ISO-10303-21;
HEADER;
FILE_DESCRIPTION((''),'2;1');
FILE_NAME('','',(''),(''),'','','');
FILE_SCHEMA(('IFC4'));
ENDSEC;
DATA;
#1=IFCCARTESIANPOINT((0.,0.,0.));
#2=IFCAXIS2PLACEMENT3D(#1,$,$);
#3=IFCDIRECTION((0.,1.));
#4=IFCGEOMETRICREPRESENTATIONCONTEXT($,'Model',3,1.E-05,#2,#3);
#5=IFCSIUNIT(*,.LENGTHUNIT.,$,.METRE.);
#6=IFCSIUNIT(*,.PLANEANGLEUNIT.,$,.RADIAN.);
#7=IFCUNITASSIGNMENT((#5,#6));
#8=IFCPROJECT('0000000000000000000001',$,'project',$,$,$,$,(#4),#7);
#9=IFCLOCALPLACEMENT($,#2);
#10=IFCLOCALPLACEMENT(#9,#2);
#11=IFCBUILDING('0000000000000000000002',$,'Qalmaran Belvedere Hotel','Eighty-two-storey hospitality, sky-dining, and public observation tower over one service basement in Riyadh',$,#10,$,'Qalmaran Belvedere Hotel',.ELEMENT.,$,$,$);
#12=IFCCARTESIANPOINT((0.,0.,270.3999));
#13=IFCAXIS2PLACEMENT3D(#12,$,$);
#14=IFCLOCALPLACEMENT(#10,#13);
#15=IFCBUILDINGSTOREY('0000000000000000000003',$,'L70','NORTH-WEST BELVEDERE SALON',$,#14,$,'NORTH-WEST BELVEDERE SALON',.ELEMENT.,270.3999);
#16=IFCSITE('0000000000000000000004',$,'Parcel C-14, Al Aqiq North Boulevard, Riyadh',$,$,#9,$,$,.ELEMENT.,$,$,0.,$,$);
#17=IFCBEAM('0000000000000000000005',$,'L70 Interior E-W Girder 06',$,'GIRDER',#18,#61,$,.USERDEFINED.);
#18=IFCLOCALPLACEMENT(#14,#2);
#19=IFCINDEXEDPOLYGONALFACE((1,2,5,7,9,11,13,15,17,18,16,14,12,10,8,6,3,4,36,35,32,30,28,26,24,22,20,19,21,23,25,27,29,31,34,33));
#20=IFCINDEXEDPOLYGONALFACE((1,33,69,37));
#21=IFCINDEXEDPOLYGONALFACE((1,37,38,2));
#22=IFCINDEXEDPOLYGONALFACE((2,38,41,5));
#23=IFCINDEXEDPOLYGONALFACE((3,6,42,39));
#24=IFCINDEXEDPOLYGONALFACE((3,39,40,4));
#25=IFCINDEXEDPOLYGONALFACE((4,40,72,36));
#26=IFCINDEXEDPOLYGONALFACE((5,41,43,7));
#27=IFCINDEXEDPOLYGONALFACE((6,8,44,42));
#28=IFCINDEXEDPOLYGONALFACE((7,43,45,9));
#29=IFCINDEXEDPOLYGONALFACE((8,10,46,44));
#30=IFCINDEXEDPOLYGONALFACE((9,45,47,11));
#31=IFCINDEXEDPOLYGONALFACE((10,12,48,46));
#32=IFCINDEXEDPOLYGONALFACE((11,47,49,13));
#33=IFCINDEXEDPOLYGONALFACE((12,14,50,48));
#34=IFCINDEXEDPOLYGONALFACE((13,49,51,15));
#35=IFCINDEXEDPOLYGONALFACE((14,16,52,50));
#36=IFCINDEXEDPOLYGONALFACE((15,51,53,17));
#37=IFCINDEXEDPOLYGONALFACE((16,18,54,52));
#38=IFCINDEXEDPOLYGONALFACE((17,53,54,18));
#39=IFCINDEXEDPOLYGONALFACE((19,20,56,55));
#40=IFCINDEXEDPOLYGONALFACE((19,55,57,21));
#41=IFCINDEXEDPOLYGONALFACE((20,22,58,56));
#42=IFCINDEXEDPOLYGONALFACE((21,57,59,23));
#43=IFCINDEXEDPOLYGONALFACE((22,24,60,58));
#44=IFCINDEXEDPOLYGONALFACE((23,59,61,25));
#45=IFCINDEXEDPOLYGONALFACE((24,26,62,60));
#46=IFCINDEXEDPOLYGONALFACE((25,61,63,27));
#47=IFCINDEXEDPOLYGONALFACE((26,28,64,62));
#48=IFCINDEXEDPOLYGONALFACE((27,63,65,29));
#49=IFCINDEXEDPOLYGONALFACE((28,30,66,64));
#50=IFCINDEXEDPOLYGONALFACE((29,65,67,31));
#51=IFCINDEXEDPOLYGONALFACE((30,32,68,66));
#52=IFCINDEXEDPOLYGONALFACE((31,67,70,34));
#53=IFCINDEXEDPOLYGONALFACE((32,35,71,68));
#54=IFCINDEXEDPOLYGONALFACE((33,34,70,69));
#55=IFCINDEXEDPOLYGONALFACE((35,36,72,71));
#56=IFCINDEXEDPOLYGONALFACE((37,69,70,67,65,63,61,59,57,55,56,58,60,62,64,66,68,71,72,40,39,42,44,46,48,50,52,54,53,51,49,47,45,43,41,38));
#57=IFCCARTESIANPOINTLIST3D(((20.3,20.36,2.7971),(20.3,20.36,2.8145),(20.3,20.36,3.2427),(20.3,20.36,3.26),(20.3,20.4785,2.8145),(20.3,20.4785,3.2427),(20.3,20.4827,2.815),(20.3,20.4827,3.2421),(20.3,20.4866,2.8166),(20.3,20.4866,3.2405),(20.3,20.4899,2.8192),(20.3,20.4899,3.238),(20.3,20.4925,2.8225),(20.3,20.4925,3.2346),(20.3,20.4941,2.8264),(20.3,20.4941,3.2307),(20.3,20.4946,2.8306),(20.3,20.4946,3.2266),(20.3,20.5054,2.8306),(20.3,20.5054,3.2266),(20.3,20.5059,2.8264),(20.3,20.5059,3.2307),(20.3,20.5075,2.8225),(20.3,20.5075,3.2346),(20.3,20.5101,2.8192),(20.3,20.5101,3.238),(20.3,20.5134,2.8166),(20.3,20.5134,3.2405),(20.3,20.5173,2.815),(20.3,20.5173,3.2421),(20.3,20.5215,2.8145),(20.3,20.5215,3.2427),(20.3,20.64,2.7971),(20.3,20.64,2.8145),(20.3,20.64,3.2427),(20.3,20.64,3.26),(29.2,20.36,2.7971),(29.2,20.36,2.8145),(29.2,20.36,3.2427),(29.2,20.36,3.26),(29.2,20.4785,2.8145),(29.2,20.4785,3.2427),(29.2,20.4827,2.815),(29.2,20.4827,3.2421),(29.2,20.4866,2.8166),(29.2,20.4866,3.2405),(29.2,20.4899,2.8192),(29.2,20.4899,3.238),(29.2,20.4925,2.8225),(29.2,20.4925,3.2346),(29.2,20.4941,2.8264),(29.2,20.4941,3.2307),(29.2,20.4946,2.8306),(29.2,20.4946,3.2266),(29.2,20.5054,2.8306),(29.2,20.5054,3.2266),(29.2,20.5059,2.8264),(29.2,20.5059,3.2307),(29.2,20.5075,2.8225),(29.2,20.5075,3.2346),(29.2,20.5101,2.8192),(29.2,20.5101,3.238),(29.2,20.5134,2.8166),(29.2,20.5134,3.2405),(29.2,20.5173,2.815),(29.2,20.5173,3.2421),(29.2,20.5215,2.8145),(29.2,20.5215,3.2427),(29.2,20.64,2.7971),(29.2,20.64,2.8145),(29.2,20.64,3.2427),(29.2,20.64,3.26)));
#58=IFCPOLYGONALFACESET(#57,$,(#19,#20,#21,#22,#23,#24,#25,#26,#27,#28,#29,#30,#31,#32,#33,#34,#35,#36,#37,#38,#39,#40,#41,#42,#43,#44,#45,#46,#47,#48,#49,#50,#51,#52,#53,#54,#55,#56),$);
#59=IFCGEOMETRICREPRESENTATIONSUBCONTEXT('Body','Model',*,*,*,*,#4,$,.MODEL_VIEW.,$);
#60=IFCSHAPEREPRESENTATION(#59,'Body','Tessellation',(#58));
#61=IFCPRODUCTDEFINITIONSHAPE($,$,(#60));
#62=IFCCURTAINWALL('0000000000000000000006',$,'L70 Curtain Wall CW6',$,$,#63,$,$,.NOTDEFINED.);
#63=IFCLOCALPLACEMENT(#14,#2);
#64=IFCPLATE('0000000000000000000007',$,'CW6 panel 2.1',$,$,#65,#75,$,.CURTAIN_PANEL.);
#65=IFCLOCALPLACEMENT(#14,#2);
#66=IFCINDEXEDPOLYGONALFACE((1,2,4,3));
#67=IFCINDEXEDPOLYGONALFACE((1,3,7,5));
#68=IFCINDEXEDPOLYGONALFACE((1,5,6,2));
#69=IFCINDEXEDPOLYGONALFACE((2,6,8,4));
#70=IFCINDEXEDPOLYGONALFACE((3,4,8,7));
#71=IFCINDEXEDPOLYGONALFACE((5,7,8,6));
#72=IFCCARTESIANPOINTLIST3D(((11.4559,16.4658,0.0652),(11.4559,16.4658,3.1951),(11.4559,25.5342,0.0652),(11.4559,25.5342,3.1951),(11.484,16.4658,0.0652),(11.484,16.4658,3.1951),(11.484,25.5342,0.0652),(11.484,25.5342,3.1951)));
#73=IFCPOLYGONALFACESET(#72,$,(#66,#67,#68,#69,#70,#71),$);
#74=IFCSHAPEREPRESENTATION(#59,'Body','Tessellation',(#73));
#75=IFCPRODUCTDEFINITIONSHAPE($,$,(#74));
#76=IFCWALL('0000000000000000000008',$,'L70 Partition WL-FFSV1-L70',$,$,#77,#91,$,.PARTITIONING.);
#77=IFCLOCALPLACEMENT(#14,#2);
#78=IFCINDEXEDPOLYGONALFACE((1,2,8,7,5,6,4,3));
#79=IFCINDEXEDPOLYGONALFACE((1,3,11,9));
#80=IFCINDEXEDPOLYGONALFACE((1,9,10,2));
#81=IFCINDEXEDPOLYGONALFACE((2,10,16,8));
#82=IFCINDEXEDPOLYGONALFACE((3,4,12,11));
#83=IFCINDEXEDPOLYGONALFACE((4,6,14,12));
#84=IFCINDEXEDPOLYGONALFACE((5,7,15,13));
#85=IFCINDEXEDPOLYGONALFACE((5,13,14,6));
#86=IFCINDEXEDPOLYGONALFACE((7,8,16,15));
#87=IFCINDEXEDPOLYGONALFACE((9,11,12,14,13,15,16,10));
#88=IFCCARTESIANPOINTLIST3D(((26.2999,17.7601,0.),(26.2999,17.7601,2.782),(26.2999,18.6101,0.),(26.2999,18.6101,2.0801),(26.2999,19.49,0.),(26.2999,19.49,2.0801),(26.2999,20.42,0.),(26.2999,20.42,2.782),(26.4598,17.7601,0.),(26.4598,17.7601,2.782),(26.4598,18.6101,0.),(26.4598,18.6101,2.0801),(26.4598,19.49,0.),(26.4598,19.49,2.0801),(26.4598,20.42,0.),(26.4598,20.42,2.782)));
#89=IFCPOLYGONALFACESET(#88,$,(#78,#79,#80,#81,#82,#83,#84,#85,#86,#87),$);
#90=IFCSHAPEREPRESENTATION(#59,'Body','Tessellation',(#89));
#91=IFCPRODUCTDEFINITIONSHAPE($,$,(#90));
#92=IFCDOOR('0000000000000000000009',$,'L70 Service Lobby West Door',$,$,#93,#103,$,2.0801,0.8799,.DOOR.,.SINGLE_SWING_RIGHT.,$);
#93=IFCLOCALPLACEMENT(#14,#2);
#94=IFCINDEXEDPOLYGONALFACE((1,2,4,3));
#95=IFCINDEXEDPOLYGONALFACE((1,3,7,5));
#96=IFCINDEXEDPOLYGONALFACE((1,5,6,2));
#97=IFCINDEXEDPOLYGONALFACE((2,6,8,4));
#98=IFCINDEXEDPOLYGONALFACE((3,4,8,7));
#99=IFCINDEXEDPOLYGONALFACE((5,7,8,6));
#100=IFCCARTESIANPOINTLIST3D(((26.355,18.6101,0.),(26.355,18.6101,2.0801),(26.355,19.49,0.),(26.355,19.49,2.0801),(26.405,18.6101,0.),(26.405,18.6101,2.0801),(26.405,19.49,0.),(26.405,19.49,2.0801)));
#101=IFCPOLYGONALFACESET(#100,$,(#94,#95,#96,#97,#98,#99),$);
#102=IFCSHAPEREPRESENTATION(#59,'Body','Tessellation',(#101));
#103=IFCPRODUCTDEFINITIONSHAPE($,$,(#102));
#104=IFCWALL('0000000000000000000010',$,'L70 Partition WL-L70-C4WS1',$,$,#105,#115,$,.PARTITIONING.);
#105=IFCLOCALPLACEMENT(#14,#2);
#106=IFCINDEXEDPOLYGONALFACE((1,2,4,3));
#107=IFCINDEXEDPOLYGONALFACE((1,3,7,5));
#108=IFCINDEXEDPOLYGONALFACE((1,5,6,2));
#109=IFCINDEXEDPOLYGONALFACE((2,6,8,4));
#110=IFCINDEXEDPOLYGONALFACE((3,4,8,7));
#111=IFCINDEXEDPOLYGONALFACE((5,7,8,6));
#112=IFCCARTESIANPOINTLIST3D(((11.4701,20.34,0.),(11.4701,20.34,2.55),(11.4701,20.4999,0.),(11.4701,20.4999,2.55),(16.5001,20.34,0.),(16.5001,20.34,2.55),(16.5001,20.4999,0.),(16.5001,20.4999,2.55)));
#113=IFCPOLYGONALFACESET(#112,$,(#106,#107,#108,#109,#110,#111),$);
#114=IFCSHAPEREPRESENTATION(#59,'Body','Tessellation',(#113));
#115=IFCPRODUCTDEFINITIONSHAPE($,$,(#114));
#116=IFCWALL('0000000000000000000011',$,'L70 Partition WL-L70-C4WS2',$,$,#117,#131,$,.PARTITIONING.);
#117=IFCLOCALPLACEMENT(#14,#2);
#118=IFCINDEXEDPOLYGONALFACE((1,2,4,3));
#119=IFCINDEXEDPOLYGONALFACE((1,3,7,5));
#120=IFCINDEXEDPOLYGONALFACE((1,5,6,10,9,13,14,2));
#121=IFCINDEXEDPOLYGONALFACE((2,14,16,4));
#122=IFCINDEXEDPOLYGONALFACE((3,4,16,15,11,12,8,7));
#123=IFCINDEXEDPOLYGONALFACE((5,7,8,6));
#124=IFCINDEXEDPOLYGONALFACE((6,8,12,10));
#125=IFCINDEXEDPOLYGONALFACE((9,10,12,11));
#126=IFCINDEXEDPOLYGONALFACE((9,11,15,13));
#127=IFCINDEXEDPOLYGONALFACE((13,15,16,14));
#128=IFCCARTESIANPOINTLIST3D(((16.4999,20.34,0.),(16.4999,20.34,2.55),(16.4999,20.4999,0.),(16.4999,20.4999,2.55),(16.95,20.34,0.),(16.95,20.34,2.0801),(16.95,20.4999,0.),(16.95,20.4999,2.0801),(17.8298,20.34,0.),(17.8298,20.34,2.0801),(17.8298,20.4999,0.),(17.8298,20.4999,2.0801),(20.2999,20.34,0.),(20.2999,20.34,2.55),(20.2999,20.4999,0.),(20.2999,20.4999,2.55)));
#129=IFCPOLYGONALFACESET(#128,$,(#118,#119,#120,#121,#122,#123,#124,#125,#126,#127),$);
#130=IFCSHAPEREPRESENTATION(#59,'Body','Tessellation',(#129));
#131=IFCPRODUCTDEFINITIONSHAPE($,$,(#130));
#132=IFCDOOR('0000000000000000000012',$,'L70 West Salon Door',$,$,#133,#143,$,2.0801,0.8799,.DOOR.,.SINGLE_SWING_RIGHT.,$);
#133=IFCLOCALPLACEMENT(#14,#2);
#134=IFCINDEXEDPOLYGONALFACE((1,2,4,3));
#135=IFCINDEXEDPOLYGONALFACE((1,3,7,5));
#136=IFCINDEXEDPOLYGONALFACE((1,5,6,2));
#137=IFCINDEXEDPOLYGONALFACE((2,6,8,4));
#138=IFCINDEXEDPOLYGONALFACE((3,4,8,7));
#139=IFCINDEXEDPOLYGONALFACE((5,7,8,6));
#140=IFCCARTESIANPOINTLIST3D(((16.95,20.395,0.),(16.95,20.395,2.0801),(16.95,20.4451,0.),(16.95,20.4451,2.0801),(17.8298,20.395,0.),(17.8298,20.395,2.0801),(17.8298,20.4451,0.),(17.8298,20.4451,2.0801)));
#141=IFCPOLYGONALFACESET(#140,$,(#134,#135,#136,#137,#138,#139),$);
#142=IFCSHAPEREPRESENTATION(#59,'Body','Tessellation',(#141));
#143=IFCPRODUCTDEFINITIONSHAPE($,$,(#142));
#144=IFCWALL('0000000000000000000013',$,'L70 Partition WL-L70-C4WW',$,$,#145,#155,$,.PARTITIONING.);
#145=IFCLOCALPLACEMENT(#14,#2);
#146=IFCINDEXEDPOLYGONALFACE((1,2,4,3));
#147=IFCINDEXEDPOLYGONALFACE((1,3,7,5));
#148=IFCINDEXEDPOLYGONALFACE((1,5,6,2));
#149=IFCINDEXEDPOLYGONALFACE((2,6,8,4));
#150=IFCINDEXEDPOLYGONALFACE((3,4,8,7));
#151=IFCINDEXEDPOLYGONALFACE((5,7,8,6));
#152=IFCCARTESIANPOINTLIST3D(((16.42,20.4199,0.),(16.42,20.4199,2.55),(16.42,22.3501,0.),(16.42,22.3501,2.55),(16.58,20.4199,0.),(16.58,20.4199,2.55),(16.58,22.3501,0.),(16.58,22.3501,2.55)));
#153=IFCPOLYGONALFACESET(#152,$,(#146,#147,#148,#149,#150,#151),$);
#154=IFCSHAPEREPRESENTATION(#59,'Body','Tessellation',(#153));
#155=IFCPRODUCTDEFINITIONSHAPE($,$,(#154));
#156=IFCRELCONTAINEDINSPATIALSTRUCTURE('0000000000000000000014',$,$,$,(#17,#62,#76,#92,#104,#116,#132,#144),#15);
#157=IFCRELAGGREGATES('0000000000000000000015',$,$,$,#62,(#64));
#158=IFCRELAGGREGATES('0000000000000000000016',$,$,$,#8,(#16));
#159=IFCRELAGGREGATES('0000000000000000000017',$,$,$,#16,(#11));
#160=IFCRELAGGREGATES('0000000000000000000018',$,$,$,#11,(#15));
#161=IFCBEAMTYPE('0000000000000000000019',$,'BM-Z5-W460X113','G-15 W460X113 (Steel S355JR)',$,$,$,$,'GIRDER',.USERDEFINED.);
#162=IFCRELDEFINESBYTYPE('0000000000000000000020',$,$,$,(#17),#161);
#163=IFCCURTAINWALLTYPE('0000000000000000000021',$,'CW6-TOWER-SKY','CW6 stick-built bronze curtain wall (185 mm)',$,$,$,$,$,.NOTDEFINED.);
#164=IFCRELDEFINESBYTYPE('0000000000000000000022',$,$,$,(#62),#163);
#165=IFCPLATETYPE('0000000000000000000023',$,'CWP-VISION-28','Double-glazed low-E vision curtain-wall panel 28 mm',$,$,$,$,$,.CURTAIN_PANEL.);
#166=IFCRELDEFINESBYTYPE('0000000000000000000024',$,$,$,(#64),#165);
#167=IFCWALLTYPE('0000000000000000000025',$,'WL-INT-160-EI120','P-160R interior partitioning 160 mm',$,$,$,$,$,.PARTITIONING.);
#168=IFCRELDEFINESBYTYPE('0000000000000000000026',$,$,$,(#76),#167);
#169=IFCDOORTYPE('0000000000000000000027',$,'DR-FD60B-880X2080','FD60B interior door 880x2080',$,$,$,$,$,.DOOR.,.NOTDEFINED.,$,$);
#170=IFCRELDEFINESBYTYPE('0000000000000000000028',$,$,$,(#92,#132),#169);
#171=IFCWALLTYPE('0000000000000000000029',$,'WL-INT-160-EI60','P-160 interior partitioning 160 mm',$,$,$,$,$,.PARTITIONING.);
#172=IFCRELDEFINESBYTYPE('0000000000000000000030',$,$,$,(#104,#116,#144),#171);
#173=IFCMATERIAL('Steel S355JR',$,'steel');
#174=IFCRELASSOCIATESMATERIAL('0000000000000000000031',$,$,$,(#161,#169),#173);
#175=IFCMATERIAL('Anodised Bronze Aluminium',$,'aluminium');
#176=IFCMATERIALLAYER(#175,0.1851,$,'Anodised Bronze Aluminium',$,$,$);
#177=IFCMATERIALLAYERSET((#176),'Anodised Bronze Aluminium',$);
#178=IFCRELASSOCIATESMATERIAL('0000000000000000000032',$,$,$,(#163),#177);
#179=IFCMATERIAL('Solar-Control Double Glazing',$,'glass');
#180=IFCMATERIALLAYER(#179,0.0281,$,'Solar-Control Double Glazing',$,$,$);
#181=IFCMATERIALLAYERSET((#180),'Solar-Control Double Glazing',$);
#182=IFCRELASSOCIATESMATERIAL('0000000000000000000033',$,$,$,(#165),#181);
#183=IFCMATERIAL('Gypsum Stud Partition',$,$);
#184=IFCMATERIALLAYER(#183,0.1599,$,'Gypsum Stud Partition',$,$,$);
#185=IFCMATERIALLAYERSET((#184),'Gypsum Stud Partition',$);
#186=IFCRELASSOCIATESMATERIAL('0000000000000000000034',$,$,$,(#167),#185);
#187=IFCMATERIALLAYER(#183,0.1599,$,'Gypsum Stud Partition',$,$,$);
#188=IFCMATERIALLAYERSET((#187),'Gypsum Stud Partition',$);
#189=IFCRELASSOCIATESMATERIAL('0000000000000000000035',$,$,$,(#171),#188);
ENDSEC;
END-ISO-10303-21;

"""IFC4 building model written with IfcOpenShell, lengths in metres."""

from ifc_helpers import new_model, si_unit, direction, frame, frame_2d, origin, origin_2d, place, context, subcontext, project, spatial, rectangle, i_section, extrude, material, layer, layer_set, material_profile, profile_set, type_object, element, fill, aggregate, save


model = new_model("IFC4")

# Units and contexts
model_context = context("Model", 3, precision=1e-05, world=origin(), true_north=direction((0.0, 1.0)))
body_context = subcontext(model_context, "Body", "Model", "MODEL_VIEW")
ifc_project = project(units=[si_unit("LENGTHUNIT", "METRE"), si_unit("PLANEANGLEUNIT", "RADIAN")], contexts=[model_context])

# Site, building, storey
site_placement = place(None, origin())
site = spatial("IfcSite", under=ifc_project, at=site_placement, Name="Parcel C-14, Al Aqiq North Boulevard, Riyadh", CompositionType="ELEMENT", RefElevation=0.0)
building_placement = place(site_placement, origin())
building = spatial("IfcBuilding", under=site, at=building_placement, Name="Qalmaran Belvedere Hotel", Description="Eighty-two-storey hospitality, sky-dining, and public observation tower over one service basement in Riyadh", LongName="Qalmaran Belvedere Hotel", CompositionType="ELEMENT")
storey_placement = place(building_placement, frame((0.0, 0.0, 270.3999)))
storey = spatial("IfcBuildingStorey", under=building, at=storey_placement, Name="L70", Description="NORTH-WEST BELVEDERE SALON", LongName="NORTH-WEST BELVEDERE SALON", CompositionType="ELEMENT", Elevation=270.3999)

# Beam
ifc_material_1 = material(Name="Steel S355JR", Category="steel")
ifc_material_profile_1 = material_profile(ifc_material_1, i_section(OverallWidth=0.28, OverallDepth=0.4629, WebThickness=0.0107, FlangeThickness=0.0173, FilletRadius=0.0161, at=origin_2d()), Name="W460X113")
ifc_profile_set_1 = profile_set([ifc_material_profile_1], Name="Steel S355JR")
beam_type_1 = type_object("IfcBeamType", Name="BM-Z5-W460X113", Description="G-15 W460X113 (Steel S355JR)", ElementType="GIRDER", PredefinedType="USERDEFINED", material=ifc_profile_set_1)
beam_1_placement = place(storey_placement, frame((20.3, 20.5, 3.0286), z_axis=(1.0, 0.0, 0.0), x_axis=(0.0, 1.0, 0.0)))
element("IfcBeam", 1, at=beam_1_placement, inside=storey, type_object=beam_type_1, Name="L70 Interior E-W Girder 06", ObjectType="GIRDER", PredefinedType="USERDEFINED", context=body_context, shape_type="SweptSolid", body=[
    extrude(i_section(OverallWidth=0.28, OverallDepth=0.4629, WebThickness=0.0107, FlangeThickness=0.0173, FilletRadius=0.0161, at=origin_2d()), origin(), (0.0, 0.0, 1.0), 8.8999),
])

# Curtain wall, plate
ifc_material_2 = material(Name="Anodised Bronze Aluminium", Category="aluminium")
ifc_layer_1 = layer(ifc_material_2, 0.1851, Name="Anodised Bronze Aluminium")
ifc_layer_set_1 = layer_set([ifc_layer_1], Name="Anodised Bronze Aluminium")
curtain_wall_type = type_object("IfcCurtainWallType", Name="CW6-TOWER-SKY", Description="CW6 stick-built bronze curtain wall (185 mm)", PredefinedType="NOTDEFINED", material=ifc_layer_set_1)
curtain_wall_placement = place(storey_placement, origin())
curtain_wall = element("IfcCurtainWall", 2, at=curtain_wall_placement, inside=storey, type_object=curtain_wall_type, Name="L70 Curtain Wall CW6", PredefinedType="NOTDEFINED")
ifc_material_3 = material(Name="Solar-Control Double Glazing", Category="glass")
ifc_layer_2 = layer(ifc_material_3, 0.0281, Name="Solar-Control Double Glazing")
ifc_layer_set_2 = layer_set([ifc_layer_2], Name="Solar-Control Double Glazing")
plate_type = type_object("IfcPlateType", Name="CWP-VISION-28", Description="Double-glazed low-E vision curtain-wall panel 28 mm", PredefinedType="CURTAIN_PANEL", material=ifc_layer_set_2)
plate_placement = place(storey_placement, frame((11.47, 21.0, 0.0652), z_axis=(0.0, 0.0, 1.0), x_axis=(0.0, -1.0, 0.0)))
plate = element("IfcPlate", 3, at=plate_placement, type_object=plate_type, Name="CW6 panel 2.1", PredefinedType="CURTAIN_PANEL", context=body_context, shape_type="SweptSolid", body=[
    extrude(rectangle(XDim=9.0684, YDim=0.0281, at=origin_2d()), origin(), (0.0, 0.0, 1.0), 3.1299),
])
aggregate(curtain_wall, [plate])

# Wall, opening, door
ifc_material_4 = material(Name="Gypsum Stud Partition")
ifc_layer_3 = layer(ifc_material_4, 0.1599, Name="Gypsum Stud Partition")
ifc_layer_set_3 = layer_set([ifc_layer_3], Name="Gypsum Stud Partition")
wall_type_1 = type_object("IfcWallType", Name="WL-INT-160-EI120", Description="P-160R interior partitioning 160 mm", PredefinedType="PARTITIONING", material=ifc_layer_set_3)
wall_1_placement = place(storey_placement, frame((26.3799, 17.76, 0.0), z_axis=(0.0, 0.0, 1.0), x_axis=(0.0, 1.0, 0.0)))
wall_1 = element("IfcWall", 4, at=wall_1_placement, inside=storey, type_object=wall_type_1, Name="L70 Partition WL-FFSV1-L70", PredefinedType="PARTITIONING", context=body_context, shape_type="SweptSolid", body=[
    extrude(rectangle(XDim=2.6599, YDim=0.1599, at=frame_2d((1.3301, 0.0))), origin(), (0.0, 0.0, 1.0), 2.782),
])
opening_1_placement = place(wall_1_placement, frame((0.8501, 0.0, 0.0)))
opening_1 = element("IfcOpeningElement", 5, at=opening_1_placement, cuts=wall_1, PredefinedType="OPENING", context=body_context, shape_type="SweptSolid", body=[
    extrude(rectangle(XDim=0.8799, YDim=2.0801, at=frame_2d((0.4399, 1.04))), frame((0.0, 0.0898, 0.0), z_axis=(0.0, -1.0, 0.0), x_axis=(1.0, 0.0, 0.0)), (0.0, 0.0, 1.0), 0.1799),
])
door_type_1 = type_object("IfcDoorType", Name="DR-FD60B-880X2080", Description="FD60B interior door 880x2080", OperationType="NOTDEFINED", PredefinedType="DOOR", material=ifc_material_1)
door_1_placement = place(opening_1_placement, origin())
door_1 = element("IfcDoor", 6, at=door_1_placement, inside=storey, type_object=door_type_1, Name="L70 Service Lobby West Door", OperationType="SINGLE_SWING_RIGHT", OverallHeight=2.0801, OverallWidth=0.8799, PredefinedType="DOOR", context=body_context, shape_type="SweptSolid", body=[
    extrude(rectangle(XDim=0.8799, YDim=2.0801, at=frame_2d((0.4399, 1.04))), frame((0.0, 0.0249, 0.0), z_axis=(0.0, -1.0, 0.0), x_axis=(1.0, 0.0, 0.0)), (0.0, 0.0, 1.0), 0.05),
])
fill(opening_1, door_1)

# Wall
ifc_layer_4 = layer(ifc_material_4, 0.1599, Name="Gypsum Stud Partition")
ifc_layer_set_4 = layer_set([ifc_layer_4], Name="Gypsum Stud Partition")
wall_type_2 = type_object("IfcWallType", Name="WL-INT-160-EI60", Description="P-160 interior partitioning 160 mm", PredefinedType="PARTITIONING", material=ifc_layer_set_4)
wall_2_placement = place(storey_placement, frame((11.47, 20.4199, 0.0), z_axis=(0.0, 0.0, 1.0), x_axis=(1.0, 0.0, 0.0)))
element("IfcWall", 7, at=wall_2_placement, inside=storey, type_object=wall_type_2, Name="L70 Partition WL-L70-C4WS1", PredefinedType="PARTITIONING", context=body_context, shape_type="SweptSolid", body=[
    extrude(rectangle(XDim=5.03, YDim=0.1599, at=frame_2d((2.5151, 0.0))), origin(), (0.0, 0.0, 1.0), 2.55),
])

# Wall, opening, door
wall_3_placement = place(storey_placement, frame((16.5, 20.4199, 0.0), z_axis=(0.0, 0.0, 1.0), x_axis=(1.0, 0.0, 0.0)))
wall_3 = element("IfcWall", 8, at=wall_3_placement, inside=storey, type_object=wall_type_2, Name="L70 Partition WL-L70-C4WS2", PredefinedType="PARTITIONING", context=body_context, shape_type="SweptSolid", body=[
    extrude(rectangle(XDim=3.8, YDim=0.1599, at=frame_2d((1.8999, 0.0))), origin(), (0.0, 0.0, 1.0), 2.55),
])
opening_2_placement = place(wall_3_placement, frame((1.3298, 0.0, 0.0), z_axis=(0.0, 0.0, 1.0), x_axis=(-1.0, 0.0, 0.0)))
opening_2 = element("IfcOpeningElement", 9, at=opening_2_placement, cuts=wall_3, PredefinedType="OPENING", context=body_context, shape_type="SweptSolid", body=[
    extrude(rectangle(XDim=0.8799, YDim=2.0801, at=frame_2d((0.4399, 1.04))), frame((0.0, 0.0898, 0.0), z_axis=(0.0, -1.0, 0.0), x_axis=(1.0, 0.0, 0.0)), (0.0, 0.0, 1.0), 0.1799),
])
door_2_placement = place(opening_2_placement, origin())
door_2 = element("IfcDoor", 10, at=door_2_placement, inside=storey, type_object=door_type_1, Name="L70 West Salon Door", OperationType="SINGLE_SWING_RIGHT", OverallHeight=2.0801, OverallWidth=0.8799, PredefinedType="DOOR", context=body_context, shape_type="SweptSolid", body=[
    extrude(rectangle(XDim=0.8799, YDim=2.0801, at=frame_2d((0.4399, 1.04))), frame((0.0, 0.0249, 0.0), z_axis=(0.0, -1.0, 0.0), x_axis=(1.0, 0.0, 0.0)), (0.0, 0.0, 1.0), 0.05),
])
fill(opening_2, door_2)

# Wall
wall_4_placement = place(storey_placement, frame((16.5, 20.4199, 0.0), z_axis=(0.0, 0.0, 1.0), x_axis=(0.0, 1.0, 0.0)))
element("IfcWall", 11, at=wall_4_placement, inside=storey, type_object=wall_type_2, Name="L70 Partition WL-L70-C4WW", PredefinedType="PARTITIONING", context=body_context, shape_type="SweptSolid", body=[
    extrude(rectangle(XDim=1.9302, YDim=0.1599, at=frame_2d((0.9651, 0.0))), origin(), (0.0, 0.0, 1.0), 2.55),
])

save(model, "model.ifc")
